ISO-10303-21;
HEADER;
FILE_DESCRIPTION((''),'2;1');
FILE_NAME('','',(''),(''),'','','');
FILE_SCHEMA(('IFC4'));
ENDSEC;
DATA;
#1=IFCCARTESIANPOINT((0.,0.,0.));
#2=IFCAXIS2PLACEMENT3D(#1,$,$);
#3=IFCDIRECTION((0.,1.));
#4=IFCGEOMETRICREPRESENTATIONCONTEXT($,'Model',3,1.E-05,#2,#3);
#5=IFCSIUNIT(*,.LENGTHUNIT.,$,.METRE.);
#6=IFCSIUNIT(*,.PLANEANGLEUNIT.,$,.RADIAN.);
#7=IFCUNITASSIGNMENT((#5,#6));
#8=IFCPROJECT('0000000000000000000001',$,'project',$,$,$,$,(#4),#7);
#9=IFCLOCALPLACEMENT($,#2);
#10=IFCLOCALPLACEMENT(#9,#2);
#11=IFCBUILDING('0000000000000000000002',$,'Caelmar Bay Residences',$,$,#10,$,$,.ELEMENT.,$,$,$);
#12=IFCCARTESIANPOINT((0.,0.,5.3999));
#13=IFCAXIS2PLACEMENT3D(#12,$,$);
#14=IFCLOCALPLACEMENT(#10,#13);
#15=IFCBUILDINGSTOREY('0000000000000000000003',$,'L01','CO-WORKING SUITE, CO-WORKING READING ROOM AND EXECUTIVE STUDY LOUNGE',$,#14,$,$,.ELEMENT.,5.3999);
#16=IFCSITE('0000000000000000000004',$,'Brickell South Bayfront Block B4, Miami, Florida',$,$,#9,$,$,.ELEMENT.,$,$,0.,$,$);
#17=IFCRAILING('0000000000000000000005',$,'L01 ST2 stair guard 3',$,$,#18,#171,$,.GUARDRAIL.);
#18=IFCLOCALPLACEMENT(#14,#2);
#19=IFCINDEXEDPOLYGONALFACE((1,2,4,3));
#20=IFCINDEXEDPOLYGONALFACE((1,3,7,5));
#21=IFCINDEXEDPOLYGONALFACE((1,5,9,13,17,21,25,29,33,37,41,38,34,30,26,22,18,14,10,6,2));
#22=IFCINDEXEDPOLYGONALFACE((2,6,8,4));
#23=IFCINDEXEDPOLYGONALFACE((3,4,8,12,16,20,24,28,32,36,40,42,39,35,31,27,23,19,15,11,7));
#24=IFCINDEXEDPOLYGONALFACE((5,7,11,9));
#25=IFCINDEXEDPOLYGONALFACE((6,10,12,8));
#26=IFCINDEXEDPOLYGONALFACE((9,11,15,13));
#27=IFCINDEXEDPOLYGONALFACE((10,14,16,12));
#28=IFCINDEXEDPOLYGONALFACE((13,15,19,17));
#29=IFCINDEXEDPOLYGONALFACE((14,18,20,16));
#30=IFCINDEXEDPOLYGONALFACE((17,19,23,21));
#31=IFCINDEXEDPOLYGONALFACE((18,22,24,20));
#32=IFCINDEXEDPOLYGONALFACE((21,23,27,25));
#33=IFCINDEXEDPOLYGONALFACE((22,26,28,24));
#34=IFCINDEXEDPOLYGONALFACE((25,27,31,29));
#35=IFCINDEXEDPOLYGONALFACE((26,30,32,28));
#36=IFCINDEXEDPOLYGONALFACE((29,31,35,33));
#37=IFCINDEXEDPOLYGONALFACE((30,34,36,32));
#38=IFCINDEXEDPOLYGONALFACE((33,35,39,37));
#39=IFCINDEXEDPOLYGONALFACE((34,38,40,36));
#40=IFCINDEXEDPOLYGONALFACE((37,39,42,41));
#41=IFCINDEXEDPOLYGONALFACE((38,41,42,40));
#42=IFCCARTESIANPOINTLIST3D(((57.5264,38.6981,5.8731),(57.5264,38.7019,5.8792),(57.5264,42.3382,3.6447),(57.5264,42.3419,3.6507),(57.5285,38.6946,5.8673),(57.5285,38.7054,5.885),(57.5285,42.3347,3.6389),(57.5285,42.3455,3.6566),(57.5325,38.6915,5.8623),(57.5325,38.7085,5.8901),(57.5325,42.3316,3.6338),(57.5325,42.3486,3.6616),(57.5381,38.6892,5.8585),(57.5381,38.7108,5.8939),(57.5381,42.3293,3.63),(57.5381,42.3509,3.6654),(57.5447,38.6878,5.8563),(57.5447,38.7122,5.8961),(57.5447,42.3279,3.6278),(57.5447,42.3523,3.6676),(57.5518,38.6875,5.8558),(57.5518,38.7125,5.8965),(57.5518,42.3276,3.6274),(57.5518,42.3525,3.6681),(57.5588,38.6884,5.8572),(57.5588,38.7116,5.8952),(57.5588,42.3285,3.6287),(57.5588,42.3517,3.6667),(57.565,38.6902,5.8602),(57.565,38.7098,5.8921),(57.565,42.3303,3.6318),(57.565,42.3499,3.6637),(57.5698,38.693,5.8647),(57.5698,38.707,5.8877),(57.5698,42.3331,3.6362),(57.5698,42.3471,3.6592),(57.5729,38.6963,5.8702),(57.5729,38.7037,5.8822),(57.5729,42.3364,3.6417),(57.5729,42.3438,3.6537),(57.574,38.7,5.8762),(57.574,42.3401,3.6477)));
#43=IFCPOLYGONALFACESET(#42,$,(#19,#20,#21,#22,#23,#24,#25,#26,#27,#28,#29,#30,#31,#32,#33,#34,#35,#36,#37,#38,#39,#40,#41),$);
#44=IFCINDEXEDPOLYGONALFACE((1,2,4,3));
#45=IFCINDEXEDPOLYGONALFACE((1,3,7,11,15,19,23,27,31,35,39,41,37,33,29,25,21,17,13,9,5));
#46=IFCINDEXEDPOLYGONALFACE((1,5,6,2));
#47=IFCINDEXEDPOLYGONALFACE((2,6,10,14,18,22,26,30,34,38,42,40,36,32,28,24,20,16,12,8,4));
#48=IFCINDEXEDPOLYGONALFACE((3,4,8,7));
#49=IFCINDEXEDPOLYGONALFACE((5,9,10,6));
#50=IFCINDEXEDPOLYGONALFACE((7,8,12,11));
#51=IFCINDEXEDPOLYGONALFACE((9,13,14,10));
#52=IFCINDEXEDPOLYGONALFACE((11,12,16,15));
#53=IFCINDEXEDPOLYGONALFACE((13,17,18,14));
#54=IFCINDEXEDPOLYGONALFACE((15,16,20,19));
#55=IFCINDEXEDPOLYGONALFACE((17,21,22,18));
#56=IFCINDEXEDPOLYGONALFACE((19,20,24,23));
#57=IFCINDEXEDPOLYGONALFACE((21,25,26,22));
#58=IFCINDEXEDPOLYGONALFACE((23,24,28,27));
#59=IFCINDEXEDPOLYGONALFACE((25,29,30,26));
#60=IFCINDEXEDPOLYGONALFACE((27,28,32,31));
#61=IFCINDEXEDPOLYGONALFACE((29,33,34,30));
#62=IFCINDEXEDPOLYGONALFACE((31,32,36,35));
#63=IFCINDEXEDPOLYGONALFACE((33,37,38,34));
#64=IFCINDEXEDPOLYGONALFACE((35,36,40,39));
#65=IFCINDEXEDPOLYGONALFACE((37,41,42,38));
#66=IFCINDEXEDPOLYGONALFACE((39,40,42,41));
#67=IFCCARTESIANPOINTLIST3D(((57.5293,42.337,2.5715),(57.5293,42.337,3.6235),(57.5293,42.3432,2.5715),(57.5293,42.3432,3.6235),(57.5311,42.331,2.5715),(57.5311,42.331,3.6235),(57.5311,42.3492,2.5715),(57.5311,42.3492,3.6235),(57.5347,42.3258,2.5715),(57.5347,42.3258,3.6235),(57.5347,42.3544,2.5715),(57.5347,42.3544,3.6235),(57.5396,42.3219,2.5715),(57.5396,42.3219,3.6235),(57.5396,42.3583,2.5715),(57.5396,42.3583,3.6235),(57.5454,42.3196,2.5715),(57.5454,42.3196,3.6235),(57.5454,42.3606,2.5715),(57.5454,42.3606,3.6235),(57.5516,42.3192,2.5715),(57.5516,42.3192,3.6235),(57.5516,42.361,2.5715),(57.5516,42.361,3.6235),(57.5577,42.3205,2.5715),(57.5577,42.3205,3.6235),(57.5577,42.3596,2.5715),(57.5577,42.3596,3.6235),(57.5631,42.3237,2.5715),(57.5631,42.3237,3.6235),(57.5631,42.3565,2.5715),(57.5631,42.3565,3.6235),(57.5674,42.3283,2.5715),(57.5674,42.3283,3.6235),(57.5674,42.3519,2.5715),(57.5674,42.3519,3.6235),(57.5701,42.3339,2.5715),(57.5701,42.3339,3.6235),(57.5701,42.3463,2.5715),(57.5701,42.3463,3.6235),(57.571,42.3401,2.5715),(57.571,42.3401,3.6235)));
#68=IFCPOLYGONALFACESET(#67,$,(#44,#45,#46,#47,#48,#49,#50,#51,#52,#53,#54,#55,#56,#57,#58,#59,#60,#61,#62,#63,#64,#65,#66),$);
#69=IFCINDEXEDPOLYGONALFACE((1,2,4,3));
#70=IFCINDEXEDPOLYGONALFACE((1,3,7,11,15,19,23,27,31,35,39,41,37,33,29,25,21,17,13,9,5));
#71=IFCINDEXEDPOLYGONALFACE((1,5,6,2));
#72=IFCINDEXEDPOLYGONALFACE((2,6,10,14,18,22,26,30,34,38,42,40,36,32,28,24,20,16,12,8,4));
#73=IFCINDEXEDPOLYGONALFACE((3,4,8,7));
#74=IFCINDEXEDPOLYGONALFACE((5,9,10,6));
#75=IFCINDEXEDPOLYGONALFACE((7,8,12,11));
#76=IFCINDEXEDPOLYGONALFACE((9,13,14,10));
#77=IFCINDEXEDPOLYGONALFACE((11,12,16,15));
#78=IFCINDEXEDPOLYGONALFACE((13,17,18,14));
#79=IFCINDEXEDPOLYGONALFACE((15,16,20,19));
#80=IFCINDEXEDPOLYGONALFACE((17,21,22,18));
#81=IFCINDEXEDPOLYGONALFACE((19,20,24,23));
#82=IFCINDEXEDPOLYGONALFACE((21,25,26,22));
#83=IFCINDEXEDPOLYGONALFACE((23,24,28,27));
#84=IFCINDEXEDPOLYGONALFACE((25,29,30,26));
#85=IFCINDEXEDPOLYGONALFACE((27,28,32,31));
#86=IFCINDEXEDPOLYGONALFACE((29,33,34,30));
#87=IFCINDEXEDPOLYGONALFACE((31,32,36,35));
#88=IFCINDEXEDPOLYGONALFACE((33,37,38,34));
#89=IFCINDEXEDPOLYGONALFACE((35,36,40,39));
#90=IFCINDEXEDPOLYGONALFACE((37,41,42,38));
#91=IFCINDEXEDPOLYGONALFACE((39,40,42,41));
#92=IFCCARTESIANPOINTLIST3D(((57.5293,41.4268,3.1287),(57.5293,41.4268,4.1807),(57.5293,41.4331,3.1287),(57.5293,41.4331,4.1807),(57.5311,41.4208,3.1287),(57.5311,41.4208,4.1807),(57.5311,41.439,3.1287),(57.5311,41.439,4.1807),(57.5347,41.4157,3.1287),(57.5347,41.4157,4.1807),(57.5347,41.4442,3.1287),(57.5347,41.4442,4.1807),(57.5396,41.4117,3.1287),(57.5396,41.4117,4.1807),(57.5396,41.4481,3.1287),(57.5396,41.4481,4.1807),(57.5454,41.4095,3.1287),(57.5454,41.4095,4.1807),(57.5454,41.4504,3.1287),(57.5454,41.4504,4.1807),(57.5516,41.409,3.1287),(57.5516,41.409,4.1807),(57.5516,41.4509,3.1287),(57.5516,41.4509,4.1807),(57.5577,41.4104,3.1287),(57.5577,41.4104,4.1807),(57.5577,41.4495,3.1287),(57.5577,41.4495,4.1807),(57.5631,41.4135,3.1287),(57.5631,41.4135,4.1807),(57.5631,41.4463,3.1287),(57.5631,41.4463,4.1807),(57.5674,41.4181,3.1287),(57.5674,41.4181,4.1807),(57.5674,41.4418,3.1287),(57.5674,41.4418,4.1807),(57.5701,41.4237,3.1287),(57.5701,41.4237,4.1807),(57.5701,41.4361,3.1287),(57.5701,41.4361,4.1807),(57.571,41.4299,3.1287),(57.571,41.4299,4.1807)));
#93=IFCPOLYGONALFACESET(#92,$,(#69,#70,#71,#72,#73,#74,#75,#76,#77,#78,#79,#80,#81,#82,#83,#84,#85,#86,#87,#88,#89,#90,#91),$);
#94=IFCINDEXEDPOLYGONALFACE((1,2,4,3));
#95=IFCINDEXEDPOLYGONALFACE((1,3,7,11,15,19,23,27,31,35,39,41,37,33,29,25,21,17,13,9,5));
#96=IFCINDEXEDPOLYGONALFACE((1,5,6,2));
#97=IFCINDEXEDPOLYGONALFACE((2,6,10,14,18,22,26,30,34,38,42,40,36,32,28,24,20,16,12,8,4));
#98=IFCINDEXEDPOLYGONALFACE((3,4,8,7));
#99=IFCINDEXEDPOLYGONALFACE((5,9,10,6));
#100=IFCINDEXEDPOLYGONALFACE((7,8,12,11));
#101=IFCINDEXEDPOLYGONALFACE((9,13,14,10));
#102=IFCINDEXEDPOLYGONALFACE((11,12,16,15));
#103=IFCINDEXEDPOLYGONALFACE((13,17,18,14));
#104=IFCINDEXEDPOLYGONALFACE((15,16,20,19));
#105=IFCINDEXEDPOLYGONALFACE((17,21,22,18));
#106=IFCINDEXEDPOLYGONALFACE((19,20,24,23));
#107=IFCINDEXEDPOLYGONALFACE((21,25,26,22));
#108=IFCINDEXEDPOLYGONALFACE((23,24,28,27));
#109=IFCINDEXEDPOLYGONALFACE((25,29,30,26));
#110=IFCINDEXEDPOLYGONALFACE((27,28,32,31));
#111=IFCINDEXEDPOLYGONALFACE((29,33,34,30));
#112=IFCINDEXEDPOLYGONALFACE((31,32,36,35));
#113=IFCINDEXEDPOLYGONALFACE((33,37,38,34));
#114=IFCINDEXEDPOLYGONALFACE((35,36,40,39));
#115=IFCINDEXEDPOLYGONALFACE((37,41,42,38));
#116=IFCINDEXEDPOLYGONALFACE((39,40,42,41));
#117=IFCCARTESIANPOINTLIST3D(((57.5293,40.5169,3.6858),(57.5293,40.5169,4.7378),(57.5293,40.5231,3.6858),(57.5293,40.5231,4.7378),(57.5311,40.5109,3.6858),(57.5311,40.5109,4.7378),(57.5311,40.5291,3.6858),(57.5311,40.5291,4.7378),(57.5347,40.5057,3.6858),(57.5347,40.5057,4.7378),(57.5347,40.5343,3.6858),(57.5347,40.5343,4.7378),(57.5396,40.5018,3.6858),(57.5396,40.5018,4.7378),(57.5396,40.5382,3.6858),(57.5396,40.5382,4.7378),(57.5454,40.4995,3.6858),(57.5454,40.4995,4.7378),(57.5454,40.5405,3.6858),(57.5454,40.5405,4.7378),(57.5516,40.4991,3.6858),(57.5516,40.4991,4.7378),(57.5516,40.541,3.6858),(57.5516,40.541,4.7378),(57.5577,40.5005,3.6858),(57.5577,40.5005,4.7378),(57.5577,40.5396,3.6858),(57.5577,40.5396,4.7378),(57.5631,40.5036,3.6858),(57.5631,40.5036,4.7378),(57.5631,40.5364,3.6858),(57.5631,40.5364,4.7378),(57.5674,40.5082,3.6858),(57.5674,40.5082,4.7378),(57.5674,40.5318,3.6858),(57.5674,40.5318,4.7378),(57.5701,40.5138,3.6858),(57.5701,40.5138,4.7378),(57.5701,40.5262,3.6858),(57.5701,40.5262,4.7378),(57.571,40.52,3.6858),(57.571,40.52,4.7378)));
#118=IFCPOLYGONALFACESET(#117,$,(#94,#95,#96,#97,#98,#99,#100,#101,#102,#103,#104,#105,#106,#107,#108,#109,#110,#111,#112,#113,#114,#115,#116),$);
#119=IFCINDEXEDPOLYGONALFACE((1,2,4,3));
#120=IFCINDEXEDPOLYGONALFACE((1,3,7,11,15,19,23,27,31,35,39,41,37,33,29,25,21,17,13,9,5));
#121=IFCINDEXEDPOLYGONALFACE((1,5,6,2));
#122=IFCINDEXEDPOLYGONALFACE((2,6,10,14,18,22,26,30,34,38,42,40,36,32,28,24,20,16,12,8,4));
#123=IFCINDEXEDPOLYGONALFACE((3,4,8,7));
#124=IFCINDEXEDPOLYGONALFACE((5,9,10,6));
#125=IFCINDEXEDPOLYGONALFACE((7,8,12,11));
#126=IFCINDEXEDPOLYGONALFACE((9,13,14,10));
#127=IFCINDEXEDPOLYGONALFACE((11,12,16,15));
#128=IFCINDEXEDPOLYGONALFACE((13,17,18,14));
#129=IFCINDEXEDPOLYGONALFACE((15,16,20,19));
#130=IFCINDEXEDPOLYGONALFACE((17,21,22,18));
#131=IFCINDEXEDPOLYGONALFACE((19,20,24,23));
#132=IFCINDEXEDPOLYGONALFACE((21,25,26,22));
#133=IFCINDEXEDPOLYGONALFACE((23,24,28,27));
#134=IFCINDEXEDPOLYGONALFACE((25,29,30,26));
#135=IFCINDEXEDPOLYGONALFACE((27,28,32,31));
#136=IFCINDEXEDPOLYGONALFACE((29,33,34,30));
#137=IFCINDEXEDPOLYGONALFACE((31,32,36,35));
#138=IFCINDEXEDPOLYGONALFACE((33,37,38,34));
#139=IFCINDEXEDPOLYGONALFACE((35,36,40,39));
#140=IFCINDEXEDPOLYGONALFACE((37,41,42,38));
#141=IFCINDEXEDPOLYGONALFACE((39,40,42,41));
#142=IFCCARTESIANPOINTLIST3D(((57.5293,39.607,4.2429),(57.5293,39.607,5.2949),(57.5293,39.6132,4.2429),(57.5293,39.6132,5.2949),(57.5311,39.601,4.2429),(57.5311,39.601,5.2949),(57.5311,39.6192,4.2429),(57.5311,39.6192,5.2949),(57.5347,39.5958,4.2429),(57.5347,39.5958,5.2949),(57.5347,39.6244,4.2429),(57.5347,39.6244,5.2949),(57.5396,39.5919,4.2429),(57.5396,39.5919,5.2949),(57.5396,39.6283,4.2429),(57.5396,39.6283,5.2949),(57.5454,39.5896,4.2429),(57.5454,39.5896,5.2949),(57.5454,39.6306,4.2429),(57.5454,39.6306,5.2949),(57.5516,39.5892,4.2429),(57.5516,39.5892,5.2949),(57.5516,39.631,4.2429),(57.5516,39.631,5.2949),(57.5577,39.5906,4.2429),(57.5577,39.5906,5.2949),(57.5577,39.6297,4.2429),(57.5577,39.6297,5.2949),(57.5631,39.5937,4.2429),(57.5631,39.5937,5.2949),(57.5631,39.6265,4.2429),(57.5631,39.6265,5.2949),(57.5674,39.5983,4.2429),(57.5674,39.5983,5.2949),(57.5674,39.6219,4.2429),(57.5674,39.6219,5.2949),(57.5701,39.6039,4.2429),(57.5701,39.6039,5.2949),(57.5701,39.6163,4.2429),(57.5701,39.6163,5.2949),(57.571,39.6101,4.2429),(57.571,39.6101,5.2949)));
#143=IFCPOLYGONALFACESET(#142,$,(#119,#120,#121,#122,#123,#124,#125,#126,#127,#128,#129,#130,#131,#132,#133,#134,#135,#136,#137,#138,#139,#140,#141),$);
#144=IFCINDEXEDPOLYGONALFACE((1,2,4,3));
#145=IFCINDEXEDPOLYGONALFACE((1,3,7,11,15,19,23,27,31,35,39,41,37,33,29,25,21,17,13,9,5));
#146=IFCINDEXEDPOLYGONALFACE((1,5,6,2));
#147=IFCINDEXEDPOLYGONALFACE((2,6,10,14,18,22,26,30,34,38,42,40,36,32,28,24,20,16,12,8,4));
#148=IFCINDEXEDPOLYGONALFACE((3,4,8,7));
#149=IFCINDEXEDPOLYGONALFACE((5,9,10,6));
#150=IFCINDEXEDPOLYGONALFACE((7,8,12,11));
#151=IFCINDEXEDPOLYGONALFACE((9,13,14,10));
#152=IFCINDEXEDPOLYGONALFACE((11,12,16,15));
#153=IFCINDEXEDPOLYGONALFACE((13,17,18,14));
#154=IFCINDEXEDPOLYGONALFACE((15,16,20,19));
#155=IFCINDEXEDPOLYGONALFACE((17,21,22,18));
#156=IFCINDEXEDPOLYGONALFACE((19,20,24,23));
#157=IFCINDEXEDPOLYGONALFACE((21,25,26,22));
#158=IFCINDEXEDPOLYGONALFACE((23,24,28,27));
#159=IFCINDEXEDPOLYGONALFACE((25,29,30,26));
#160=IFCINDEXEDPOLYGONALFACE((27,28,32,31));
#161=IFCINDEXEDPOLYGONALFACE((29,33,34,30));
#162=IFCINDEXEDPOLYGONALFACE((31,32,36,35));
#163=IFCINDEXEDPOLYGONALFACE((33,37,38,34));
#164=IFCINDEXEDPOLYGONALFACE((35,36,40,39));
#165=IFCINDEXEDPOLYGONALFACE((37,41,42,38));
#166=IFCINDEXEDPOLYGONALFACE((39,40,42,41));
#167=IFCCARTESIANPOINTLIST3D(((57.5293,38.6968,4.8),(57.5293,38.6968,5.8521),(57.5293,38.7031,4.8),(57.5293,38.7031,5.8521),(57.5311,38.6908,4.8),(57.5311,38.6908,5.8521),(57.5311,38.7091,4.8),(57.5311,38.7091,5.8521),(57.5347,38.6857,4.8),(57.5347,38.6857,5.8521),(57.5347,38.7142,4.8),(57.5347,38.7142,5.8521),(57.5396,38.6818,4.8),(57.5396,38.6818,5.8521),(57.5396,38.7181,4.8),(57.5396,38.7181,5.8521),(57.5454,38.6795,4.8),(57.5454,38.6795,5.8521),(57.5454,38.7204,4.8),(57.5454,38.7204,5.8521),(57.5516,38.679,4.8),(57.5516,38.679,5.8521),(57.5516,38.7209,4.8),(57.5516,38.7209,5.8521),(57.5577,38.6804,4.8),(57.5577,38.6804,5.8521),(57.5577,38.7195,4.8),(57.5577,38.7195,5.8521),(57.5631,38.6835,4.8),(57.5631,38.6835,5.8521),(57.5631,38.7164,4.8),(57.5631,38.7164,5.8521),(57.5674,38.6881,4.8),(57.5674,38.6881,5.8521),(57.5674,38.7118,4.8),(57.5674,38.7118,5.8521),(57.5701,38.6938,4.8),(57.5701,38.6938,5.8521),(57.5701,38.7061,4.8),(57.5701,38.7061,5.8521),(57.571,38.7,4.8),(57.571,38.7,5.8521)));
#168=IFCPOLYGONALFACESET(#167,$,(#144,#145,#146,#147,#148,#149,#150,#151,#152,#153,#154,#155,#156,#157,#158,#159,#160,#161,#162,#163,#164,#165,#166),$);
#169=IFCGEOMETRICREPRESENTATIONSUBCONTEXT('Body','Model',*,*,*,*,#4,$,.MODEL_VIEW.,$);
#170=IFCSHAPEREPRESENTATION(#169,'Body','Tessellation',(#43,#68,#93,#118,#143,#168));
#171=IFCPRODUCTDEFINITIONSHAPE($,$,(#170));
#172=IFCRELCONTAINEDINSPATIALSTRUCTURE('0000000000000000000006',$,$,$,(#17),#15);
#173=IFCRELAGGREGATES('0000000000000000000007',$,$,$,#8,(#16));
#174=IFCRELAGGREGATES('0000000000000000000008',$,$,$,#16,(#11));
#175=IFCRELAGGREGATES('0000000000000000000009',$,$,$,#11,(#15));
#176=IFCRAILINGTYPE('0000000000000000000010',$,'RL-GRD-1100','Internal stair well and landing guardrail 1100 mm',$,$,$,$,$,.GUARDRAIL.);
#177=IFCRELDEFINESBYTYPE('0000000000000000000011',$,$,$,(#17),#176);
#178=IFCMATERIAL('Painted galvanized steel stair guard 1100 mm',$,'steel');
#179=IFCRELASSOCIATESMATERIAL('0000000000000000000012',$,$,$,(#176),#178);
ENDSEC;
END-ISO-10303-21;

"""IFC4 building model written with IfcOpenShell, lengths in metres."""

from ifc_helpers import new_model, si_unit, direction, frame, origin, origin_2d, place, context, subcontext, project, spatial, circle, extrude, material, type_object, element, save


model = new_model("IFC4")

# Units and contexts
model_context = context("Model", 3, precision=1e-05, world=origin(), true_north=direction((0.0, 1.0)))
body_context = subcontext(model_context, "Body", "Model", "MODEL_VIEW")
ifc_project = project(units=[si_unit("LENGTHUNIT", "METRE"), si_unit("PLANEANGLEUNIT", "RADIAN")], contexts=[model_context])

# Site, building, storey
site_placement = place(None, origin())
site = spatial("IfcSite", under=ifc_project, at=site_placement, Name="Brickell South Bayfront Block B4, Miami, Florida", CompositionType="ELEMENT", RefElevation=0.0)
building_placement = place(site_placement, origin())
building = spatial("IfcBuilding", under=site, at=building_placement, Name="Caelmar Bay Residences", CompositionType="ELEMENT")
storey_placement = place(building_placement, frame((0.0, 0.0, 5.3999)))
storey = spatial("IfcBuildingStorey", under=building, at=storey_placement, Name="L01", Description="CO-WORKING SUITE, CO-WORKING READING ROOM AND EXECUTIVE STUDY LOUNGE", CompositionType="ELEMENT", Elevation=5.3999)

# Railing
ifc_material_1 = material(Name="Painted galvanized steel stair guard 1100 mm", Category="steel")
railing_type_1 = type_object("IfcRailingType", Name="RL-GRD-1100", Description="Internal stair well and landing guardrail 1100 mm", PredefinedType="GUARDRAIL", material=ifc_material_1)
railing_1_placement = place(storey_placement, frame((57.55, 42.3401, 2.5715)))
element("IfcRailing", 1, at=railing_1_placement, inside=storey, type_object=railing_type_1, Name="L01 ST2 stair guard 3", PredefinedType="GUARDRAIL", context=body_context, shape_type="SweptSolid", body=[
    extrude(circle(Radius=0.0239, at=origin_2d()), frame((0.0, 0.0, 1.0762), z_axis=(0.0, -0.852866, 0.52213), x_axis=(1.0, 0.0, 0.0)), (0.0, 0.0, 1.0), 4.2681),
    extrude(circle(Radius=0.021, at=origin_2d()), origin(), (0.0, 0.0, 1.0), 1.052),
    extrude(circle(Radius=0.021, at=origin_2d()), frame((0.0, -0.9102, 0.5571)), (0.0, 0.0, 1.0), 1.052),
    extrude(circle(Radius=0.021, at=origin_2d()), frame((0.0, -1.8201, 1.1143)), (0.0, 0.0, 1.0), 1.052),
    extrude(circle(Radius=0.021, at=origin_2d()), frame((0.0, -2.73, 1.6714)), (0.0, 0.0, 1.0), 1.052),
    extrude(circle(Radius=0.021, at=origin_2d()), frame((0.0, -3.6401, 2.2285)), (0.0, 0.0, 1.0), 1.052),
])

save(model, "model.ifc")
